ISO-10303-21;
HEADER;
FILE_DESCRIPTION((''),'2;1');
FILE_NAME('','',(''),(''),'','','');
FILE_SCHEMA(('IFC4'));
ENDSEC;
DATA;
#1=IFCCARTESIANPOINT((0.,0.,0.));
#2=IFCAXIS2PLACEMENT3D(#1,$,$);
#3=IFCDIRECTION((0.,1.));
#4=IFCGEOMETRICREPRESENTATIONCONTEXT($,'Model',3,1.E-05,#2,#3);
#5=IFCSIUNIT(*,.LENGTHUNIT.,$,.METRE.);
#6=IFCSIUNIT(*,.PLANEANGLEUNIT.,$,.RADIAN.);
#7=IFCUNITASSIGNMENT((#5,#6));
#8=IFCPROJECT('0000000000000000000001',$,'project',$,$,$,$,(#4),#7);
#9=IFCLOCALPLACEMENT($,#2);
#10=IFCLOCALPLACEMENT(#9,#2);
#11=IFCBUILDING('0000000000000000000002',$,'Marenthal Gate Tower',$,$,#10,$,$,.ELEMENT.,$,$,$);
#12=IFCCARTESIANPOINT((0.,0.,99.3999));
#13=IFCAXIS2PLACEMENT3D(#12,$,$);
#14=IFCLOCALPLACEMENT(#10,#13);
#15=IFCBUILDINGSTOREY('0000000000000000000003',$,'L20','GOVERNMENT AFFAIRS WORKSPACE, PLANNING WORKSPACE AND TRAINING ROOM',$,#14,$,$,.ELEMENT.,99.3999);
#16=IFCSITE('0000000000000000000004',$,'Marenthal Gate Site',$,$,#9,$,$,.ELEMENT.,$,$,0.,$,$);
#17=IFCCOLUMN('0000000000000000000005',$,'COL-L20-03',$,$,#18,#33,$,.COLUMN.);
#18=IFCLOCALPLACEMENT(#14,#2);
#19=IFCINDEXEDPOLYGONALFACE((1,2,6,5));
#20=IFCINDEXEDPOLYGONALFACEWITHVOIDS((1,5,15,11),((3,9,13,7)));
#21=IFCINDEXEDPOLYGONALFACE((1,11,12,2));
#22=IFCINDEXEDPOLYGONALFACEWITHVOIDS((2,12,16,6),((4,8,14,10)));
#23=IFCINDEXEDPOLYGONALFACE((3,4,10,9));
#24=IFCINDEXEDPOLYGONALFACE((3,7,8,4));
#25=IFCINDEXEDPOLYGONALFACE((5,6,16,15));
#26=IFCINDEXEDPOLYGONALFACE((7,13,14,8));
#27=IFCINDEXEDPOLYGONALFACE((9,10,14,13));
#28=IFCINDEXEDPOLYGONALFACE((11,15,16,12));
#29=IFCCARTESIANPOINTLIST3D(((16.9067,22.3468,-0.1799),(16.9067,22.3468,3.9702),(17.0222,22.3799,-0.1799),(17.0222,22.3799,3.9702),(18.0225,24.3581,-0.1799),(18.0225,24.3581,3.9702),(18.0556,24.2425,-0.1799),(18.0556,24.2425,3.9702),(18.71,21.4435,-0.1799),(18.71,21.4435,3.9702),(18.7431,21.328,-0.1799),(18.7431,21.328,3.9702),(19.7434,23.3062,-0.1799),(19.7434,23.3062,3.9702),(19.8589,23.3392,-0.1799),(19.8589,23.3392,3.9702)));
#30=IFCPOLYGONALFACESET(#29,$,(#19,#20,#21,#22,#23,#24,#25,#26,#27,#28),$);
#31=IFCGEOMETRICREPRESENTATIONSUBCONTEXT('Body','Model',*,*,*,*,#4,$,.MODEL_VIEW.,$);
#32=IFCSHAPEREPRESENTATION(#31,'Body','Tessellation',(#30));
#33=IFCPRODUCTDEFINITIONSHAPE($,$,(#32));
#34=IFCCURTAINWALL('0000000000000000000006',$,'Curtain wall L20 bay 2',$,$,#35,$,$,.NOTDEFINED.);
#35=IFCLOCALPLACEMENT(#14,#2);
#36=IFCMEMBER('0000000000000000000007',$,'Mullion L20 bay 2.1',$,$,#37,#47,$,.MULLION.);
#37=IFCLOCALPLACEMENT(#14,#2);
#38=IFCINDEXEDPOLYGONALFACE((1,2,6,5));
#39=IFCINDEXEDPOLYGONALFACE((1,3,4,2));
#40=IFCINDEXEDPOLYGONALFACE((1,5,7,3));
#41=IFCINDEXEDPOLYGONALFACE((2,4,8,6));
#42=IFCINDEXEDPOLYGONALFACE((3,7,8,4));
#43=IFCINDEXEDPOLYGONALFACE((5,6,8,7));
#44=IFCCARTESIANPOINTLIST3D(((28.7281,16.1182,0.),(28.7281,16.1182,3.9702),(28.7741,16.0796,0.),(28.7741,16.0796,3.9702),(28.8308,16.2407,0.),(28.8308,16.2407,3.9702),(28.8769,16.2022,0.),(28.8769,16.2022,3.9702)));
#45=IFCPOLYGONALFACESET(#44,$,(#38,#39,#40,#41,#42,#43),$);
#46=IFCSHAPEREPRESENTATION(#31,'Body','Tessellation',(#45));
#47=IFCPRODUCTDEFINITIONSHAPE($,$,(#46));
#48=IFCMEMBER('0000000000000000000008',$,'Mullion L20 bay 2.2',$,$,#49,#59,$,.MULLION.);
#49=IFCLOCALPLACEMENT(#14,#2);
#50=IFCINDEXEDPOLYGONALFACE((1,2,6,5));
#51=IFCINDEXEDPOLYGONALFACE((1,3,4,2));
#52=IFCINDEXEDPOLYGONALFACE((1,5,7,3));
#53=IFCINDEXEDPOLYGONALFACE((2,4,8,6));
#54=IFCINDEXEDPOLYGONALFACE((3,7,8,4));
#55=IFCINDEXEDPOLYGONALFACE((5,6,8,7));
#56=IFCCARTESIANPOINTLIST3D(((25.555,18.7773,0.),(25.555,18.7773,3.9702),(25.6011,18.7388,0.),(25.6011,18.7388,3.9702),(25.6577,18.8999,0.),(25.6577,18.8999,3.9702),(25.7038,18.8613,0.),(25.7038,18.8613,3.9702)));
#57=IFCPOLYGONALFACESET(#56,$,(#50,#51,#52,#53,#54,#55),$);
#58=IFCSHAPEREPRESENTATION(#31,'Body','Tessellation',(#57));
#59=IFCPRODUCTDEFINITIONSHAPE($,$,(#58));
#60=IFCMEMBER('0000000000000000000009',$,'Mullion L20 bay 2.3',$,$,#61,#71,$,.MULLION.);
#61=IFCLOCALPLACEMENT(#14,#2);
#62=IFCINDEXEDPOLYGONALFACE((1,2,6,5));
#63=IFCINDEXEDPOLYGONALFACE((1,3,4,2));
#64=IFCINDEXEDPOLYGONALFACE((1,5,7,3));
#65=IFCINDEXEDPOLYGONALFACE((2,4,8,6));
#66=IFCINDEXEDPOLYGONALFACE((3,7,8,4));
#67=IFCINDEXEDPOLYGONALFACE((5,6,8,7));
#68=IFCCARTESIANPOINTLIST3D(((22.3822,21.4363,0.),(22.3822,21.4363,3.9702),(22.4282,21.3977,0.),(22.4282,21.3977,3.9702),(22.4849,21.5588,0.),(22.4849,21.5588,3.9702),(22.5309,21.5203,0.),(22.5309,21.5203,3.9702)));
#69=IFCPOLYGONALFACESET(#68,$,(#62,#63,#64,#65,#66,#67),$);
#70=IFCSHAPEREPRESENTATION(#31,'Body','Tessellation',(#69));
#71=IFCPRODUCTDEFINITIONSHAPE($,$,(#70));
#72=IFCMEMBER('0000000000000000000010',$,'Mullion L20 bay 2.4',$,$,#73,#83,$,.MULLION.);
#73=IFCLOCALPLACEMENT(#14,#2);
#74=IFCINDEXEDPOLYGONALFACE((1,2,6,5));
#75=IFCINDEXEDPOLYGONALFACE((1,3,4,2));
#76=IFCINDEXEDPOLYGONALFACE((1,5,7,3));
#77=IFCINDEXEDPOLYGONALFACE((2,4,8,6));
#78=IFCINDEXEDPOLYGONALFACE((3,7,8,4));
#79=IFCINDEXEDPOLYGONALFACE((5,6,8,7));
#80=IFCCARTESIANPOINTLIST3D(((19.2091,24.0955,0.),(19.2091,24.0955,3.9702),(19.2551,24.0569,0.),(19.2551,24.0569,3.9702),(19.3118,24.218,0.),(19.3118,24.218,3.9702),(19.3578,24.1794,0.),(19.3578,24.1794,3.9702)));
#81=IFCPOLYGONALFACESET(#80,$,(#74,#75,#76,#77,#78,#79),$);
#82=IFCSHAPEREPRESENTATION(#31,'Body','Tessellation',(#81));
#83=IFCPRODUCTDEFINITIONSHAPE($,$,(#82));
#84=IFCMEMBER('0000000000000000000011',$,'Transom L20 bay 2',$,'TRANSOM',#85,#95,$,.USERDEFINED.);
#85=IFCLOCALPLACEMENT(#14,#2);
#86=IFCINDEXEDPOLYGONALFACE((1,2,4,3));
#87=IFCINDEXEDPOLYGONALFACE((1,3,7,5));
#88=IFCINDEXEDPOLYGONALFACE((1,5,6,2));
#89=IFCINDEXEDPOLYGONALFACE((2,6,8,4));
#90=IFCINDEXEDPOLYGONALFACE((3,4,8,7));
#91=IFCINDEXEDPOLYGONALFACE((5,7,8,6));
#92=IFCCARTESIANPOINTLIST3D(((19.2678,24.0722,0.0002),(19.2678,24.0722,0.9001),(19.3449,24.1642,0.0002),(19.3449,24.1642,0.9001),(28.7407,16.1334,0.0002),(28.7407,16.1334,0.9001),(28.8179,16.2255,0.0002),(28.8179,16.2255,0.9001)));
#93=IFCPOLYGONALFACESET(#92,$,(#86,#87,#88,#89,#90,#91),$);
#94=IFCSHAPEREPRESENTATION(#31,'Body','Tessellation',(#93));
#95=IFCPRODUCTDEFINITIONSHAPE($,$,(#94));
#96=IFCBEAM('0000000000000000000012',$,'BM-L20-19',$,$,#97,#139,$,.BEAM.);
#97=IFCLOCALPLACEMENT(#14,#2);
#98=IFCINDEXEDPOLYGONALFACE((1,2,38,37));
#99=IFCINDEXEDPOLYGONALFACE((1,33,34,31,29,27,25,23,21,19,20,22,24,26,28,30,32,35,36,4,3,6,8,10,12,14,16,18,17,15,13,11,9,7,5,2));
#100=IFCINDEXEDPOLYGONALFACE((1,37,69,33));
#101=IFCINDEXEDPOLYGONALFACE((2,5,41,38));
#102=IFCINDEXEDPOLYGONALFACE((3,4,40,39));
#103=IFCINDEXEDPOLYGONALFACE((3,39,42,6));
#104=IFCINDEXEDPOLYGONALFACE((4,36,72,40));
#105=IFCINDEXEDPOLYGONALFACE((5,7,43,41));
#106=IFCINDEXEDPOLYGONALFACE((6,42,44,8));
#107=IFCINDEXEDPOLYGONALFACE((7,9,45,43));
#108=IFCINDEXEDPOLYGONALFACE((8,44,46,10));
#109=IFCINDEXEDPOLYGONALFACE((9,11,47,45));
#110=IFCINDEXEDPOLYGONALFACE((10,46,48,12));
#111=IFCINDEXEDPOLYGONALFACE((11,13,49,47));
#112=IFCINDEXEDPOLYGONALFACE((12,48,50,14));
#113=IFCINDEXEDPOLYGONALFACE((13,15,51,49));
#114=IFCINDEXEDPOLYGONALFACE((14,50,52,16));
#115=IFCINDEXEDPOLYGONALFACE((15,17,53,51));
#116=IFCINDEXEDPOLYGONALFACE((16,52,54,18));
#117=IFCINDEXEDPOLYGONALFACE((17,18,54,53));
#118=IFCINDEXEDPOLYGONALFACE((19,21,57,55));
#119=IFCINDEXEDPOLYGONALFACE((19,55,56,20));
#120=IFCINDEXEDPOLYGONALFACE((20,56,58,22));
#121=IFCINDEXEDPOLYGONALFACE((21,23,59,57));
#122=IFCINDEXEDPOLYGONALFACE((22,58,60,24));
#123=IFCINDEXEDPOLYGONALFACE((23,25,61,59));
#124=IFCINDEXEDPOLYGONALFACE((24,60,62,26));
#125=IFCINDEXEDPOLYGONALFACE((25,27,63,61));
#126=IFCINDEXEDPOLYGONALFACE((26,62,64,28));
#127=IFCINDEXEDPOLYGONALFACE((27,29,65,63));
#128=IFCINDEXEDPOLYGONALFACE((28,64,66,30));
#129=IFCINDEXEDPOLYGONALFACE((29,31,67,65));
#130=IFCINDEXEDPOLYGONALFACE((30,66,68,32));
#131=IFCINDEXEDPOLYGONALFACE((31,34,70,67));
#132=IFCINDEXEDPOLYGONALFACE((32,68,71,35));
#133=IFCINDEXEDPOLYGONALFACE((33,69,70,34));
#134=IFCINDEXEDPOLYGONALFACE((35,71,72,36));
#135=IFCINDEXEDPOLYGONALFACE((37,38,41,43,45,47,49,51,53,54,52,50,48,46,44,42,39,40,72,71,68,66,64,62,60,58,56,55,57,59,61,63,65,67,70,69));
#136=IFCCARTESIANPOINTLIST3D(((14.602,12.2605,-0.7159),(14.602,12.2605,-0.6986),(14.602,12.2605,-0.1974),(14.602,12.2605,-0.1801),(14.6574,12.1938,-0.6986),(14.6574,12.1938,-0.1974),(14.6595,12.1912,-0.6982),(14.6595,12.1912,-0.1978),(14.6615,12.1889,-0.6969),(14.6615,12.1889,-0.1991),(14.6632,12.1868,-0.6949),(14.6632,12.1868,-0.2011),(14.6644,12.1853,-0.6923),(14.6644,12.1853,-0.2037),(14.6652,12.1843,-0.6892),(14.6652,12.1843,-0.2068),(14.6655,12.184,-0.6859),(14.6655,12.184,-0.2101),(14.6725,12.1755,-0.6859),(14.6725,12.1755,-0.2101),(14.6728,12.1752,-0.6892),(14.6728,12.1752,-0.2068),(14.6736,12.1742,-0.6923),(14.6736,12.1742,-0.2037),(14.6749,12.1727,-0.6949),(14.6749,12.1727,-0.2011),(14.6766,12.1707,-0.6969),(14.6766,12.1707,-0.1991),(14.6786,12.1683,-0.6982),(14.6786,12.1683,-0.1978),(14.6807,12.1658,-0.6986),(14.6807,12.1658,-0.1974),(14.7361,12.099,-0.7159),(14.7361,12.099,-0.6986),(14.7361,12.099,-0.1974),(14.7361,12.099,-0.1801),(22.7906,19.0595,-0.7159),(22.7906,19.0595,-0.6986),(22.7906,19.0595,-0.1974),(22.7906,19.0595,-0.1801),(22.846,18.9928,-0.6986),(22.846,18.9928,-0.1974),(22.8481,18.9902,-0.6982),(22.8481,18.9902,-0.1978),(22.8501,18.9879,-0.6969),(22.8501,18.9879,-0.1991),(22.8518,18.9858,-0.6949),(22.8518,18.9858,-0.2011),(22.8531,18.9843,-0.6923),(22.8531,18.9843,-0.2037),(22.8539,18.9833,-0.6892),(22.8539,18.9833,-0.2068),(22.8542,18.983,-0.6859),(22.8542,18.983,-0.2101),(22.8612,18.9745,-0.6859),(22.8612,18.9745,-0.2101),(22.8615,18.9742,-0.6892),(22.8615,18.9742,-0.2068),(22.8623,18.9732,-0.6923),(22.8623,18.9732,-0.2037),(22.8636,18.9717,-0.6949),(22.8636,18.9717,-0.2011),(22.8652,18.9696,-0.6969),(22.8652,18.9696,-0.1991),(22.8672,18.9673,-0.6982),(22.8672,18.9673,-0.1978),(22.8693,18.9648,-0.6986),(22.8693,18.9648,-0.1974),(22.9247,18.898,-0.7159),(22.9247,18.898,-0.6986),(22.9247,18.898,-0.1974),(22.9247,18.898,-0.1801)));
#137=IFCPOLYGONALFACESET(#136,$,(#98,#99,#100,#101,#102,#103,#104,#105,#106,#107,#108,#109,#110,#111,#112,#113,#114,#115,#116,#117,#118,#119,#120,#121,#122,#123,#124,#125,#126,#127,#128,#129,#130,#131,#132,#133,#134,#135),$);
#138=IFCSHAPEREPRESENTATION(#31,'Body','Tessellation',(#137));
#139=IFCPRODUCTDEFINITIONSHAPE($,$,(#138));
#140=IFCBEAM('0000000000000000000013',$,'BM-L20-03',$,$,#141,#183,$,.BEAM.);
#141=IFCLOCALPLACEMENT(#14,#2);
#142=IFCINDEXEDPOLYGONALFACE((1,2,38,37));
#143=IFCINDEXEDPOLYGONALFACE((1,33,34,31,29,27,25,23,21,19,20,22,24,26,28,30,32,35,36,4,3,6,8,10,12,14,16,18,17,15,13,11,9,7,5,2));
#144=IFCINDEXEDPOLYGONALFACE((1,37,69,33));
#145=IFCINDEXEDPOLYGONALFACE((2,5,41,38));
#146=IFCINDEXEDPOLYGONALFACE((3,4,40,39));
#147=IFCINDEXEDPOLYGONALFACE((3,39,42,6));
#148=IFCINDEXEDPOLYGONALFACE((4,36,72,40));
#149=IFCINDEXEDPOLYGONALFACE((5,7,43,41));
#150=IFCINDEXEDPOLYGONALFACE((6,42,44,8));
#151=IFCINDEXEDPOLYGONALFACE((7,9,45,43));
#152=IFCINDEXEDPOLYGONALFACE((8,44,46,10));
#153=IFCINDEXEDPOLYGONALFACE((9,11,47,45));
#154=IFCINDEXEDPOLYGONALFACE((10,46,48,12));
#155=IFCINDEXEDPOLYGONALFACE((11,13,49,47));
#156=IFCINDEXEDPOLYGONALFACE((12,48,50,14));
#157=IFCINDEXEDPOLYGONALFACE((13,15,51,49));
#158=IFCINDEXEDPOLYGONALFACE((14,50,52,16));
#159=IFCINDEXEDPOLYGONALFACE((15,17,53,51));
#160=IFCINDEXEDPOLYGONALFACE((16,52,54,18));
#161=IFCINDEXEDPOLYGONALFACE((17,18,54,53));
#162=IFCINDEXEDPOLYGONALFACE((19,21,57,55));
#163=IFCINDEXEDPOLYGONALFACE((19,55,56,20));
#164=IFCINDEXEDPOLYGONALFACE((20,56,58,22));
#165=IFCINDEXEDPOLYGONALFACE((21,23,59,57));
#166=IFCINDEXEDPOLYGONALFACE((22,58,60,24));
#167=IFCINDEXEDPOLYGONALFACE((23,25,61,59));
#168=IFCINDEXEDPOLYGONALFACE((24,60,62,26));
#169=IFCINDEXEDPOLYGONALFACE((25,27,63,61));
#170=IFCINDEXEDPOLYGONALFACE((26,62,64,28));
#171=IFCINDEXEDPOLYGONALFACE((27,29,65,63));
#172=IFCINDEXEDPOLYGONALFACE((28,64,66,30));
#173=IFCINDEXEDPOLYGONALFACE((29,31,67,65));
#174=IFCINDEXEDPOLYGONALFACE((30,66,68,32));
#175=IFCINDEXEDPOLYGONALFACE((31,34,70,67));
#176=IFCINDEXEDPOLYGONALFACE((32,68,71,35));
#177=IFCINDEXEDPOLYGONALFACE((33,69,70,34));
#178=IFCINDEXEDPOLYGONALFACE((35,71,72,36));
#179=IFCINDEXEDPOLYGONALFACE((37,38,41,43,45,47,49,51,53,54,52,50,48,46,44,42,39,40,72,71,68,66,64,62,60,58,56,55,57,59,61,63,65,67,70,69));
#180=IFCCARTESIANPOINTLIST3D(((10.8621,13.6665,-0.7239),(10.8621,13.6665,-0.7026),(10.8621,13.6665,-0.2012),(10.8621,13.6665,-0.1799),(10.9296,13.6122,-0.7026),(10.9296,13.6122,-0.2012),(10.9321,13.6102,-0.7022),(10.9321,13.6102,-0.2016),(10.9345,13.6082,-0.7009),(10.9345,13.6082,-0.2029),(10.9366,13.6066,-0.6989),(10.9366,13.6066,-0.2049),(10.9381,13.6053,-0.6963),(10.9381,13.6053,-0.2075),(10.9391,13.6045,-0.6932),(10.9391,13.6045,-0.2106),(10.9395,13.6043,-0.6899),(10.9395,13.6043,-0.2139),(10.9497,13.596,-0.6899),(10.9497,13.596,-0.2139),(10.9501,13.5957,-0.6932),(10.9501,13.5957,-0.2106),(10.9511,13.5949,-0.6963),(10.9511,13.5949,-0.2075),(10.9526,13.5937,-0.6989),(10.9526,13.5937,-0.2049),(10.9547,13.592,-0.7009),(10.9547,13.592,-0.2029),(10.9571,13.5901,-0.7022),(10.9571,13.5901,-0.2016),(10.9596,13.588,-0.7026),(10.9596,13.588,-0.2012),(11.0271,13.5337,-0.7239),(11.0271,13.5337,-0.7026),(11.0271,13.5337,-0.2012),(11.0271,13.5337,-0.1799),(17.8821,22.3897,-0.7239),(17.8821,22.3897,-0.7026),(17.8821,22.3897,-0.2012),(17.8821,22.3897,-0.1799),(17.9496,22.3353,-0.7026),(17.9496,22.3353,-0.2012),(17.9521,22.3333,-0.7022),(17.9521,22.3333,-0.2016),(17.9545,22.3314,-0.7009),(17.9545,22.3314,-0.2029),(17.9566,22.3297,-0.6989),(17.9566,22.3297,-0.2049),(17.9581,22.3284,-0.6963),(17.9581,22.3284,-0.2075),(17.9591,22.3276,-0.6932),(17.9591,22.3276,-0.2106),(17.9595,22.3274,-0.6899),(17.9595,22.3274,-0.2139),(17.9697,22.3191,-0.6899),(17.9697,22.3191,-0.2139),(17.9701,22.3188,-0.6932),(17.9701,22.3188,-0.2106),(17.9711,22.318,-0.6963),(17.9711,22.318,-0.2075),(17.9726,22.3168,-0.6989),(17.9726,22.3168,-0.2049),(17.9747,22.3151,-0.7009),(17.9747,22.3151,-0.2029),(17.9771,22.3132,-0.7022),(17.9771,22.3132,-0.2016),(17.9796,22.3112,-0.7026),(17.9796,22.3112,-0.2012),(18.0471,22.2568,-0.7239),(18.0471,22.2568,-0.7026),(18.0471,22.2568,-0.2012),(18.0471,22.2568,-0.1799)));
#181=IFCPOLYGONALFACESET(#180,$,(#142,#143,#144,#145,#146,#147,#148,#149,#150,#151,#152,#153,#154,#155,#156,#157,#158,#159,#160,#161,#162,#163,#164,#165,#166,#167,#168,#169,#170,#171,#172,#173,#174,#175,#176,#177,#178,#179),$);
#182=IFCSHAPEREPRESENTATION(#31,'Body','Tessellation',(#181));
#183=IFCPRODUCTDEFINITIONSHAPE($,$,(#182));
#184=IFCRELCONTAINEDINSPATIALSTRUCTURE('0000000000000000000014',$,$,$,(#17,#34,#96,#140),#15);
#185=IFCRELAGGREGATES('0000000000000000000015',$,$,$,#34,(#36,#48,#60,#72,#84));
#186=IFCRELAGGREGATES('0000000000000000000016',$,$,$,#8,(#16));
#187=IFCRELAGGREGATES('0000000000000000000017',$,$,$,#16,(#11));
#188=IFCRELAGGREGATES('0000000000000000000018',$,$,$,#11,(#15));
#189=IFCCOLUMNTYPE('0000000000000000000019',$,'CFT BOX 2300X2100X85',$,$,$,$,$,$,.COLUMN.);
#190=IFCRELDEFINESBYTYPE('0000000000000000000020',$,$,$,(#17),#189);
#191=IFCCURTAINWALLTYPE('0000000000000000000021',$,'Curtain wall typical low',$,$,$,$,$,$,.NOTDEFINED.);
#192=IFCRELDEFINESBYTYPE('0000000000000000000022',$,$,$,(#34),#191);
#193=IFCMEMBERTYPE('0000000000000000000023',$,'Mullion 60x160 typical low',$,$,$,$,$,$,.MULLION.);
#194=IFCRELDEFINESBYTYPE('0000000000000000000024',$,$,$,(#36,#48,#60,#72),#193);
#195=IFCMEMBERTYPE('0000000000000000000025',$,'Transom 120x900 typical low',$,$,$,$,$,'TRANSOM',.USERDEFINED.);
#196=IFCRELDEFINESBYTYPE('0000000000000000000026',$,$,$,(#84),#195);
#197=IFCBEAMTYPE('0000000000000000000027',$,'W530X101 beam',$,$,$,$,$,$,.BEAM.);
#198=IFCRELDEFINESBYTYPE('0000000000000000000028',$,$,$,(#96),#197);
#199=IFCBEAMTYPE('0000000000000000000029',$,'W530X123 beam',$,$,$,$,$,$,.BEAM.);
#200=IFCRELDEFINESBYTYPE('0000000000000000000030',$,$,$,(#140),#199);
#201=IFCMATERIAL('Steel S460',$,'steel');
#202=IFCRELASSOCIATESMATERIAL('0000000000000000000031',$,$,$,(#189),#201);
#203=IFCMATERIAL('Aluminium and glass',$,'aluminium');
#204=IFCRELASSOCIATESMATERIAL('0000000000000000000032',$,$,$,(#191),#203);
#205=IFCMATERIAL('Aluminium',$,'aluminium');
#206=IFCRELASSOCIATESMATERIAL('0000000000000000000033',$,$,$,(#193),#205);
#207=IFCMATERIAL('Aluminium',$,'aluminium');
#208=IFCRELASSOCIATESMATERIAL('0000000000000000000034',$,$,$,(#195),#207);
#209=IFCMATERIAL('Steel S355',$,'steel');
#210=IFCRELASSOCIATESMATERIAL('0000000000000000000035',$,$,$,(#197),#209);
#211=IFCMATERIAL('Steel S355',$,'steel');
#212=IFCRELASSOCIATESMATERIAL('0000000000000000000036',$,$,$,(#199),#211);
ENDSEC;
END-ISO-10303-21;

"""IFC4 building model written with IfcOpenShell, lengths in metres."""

from ifc_helpers import new_model, si_unit, direction, frame, origin, origin_2d, place, context, subcontext, project, spatial, rectangle, hollow_rectangle, i_section, extrude, material, material_profile, profile_set, type_object, element, aggregate, save


model = new_model("IFC4")

# Units and contexts
model_context = context("Model", 3, precision=1e-05, world=origin(), true_north=direction((0.0, 1.0)))
body_context = subcontext(model_context, "Body", "Model", "MODEL_VIEW")
ifc_project = project(units=[si_unit("LENGTHUNIT", "METRE"), si_unit("PLANEANGLEUNIT", "RADIAN")], contexts=[model_context])

# Site, building, storey
site_placement = place(None, origin())
site = spatial("IfcSite", under=ifc_project, at=site_placement, Name="Marenthal Gate Site", CompositionType="ELEMENT", RefElevation=0.0)
building_placement = place(site_placement, origin())
building = spatial("IfcBuilding", under=site, at=building_placement, Name="Marenthal Gate Tower", CompositionType="ELEMENT")
storey_placement = place(building_placement, frame((0.0, 0.0, 99.3999)))
storey = spatial("IfcBuildingStorey", under=building, at=storey_placement, Name="L20", Description="GOVERNMENT AFFAIRS WORKSPACE, PLANNING WORKSPACE AND TRAINING ROOM", CompositionType="ELEMENT", Elevation=99.3999)

# Column
ifc_material_1 = material(Name="Steel S460", Category="steel")
ifc_material_profile_1 = material_profile(ifc_material_1, hollow_rectangle(XDim=2.1001, YDim=2.3, WallThickness=0.085, at=origin_2d()), Name="CFT BOX 2300X2100X85")
ifc_material_2 = material(Name="Concrete 70 MPa", Category="concrete")
ifc_material_profile_2 = material_profile(ifc_material_2, rectangle(XDim=1.9299, YDim=2.1299, at=origin_2d()), Name="CFT BOX 2300X2100X85 INFILL")
ifc_profile_set_1 = profile_set([ifc_material_profile_1, ifc_material_profile_2], Name="Steel S460 shell, Concrete 70 MPa infill")
column_type = type_object("IfcColumnType", Name="CFT BOX 2300X2100X85", PredefinedType="COLUMN", material=ifc_profile_set_1)
column_placement = place(storey_placement, frame((18.3828, 22.843, -0.1799), z_axis=(0.0, 0.0, 1.0), x_axis=(0.874442, -0.48513, 0.0)))
element("IfcColumn", 1, at=column_placement, inside=storey, type_object=column_type, Name="COL-L20-03", PredefinedType="COLUMN", context=body_context, shape_type="SweptSolid", body=[
    extrude(hollow_rectangle(XDim=2.1001, YDim=2.3, WallThickness=0.085, at=origin_2d()), origin(), (0.0, 0.0, 1.0), 4.1501),
])

# Curtain wall, members
ifc_material_3 = material(Name="Aluminium and glass", Category="aluminium")
curtain_wall_type = type_object("IfcCurtainWallType", Name="Curtain wall typical low", PredefinedType="NOTDEFINED", material=ifc_material_3)
curtain_wall_placement = place(storey_placement, origin())
curtain_wall = element("IfcCurtainWall", 2, at=curtain_wall_placement, inside=storey, type_object=curtain_wall_type, Name="Curtain wall L20 bay 2", PredefinedType="NOTDEFINED")
ifc_material_4 = material(Name="Aluminium", Category="aluminium")
ifc_material_profile_3 = material_profile(ifc_material_4, rectangle(XDim=0.1599, YDim=0.0601, at=origin_2d()), Name="60x160 aluminium mullion")
ifc_profile_set_2 = profile_set([ifc_material_profile_3], Name="Aluminium")
member_type_1 = type_object("IfcMemberType", Name="Mullion 60x160 typical low", PredefinedType="MULLION", material=ifc_profile_set_2)
member_1_placement = place(storey_placement, frame((28.8025, 16.1602, 0.0), z_axis=(0.0, 0.0, 1.0), x_axis=(-0.642308, -0.766447, 0.0)))
member_1 = element("IfcMember", 3, at=member_1_placement, type_object=member_type_1, Name="Mullion L20 bay 2.1", PredefinedType="MULLION", context=body_context, shape_type="SweptSolid", body=[
    extrude(rectangle(XDim=0.1599, YDim=0.0601, at=origin_2d()), origin(), (0.0, 0.0, 1.0), 3.9702),
])
member_2_placement = place(storey_placement, frame((25.6294, 18.8193, 0.0), z_axis=(0.0, 0.0, 1.0), x_axis=(-0.642308, -0.766447, 0.0)))
member_2 = element("IfcMember", 4, at=member_2_placement, type_object=member_type_1, Name="Mullion L20 bay 2.2", PredefinedType="MULLION", context=body_context, shape_type="SweptSolid", body=[
    extrude(rectangle(XDim=0.1599, YDim=0.0601, at=origin_2d()), origin(), (0.0, 0.0, 1.0), 3.9702),
])
member_3_placement = place(storey_placement, frame((22.4565, 21.4783, 0.0), z_axis=(0.0, 0.0, 1.0), x_axis=(-0.642308, -0.766447, 0.0)))
member_3 = element("IfcMember", 5, at=member_3_placement, type_object=member_type_1, Name="Mullion L20 bay 2.3", PredefinedType="MULLION", context=body_context, shape_type="SweptSolid", body=[
    extrude(rectangle(XDim=0.1599, YDim=0.0601, at=origin_2d()), origin(), (0.0, 0.0, 1.0), 3.9702),
])
member_4_placement = place(storey_placement, frame((19.2834, 24.1375, 0.0), z_axis=(0.0, 0.0, 1.0), x_axis=(-0.642308, -0.766447, 0.0)))
member_4 = element("IfcMember", 6, at=member_4_placement, type_object=member_type_1, Name="Mullion L20 bay 2.4", PredefinedType="MULLION", context=body_context, shape_type="SweptSolid", body=[
    extrude(rectangle(XDim=0.1599, YDim=0.0601, at=origin_2d()), origin(), (0.0, 0.0, 1.0), 3.9702),
])
ifc_material_5 = material(Name="Aluminium", Category="aluminium")
ifc_material_profile_4 = material_profile(ifc_material_5, rectangle(XDim=0.1201, YDim=0.8999, at=origin_2d()), Name="120x900 aluminium transom")
ifc_profile_set_3 = profile_set([ifc_material_profile_4], Name="Aluminium")
member_type_2 = type_object("IfcMemberType", Name="Transom 120x900 typical low", ElementType="TRANSOM", PredefinedType="USERDEFINED", material=ifc_profile_set_3)
member_5_placement = place(storey_placement, frame((28.7793, 16.1794, 0.4502), z_axis=(-0.766442, 0.642313, 0.0), x_axis=(-0.642313, -0.766442, 0.0)))
member_5 = element("IfcMember", 7, at=member_5_placement, type_object=member_type_2, Name="Transom L20 bay 2", ObjectType="TRANSOM", PredefinedType="USERDEFINED", context=body_context, shape_type="SweptSolid", body=[
    extrude(rectangle(XDim=0.1201, YDim=0.8999, at=origin_2d()), origin(), (0.0, 0.0, 1.0), 12.3596),
])

# Beams
ifc_material_6 = material(Name="Steel S355", Category="steel")
ifc_material_profile_5 = material_profile(ifc_material_6, i_section(OverallWidth=0.21, OverallDepth=0.5359, WebThickness=0.011, FlangeThickness=0.0173, FilletRadius=0.0127, at=origin_2d()), Name="W530X101")
ifc_profile_set_4 = profile_set([ifc_material_profile_5], Name="Steel S355")
beam_type_1 = type_object("IfcBeamType", Name="W530X101 beam", PredefinedType="BEAM", material=ifc_profile_set_4)
beam_1_placement = place(storey_placement, frame((22.8577, 18.9788, -0.448), z_axis=(-0.769369, -0.638805, 0.0), x_axis=(0.638805, -0.769369, 0.0)))
element("IfcBeam", 8, at=beam_1_placement, inside=storey, type_object=beam_type_1, Name="BM-L20-19", PredefinedType="BEAM", context=body_context, shape_type="SweptSolid", body=[
    extrude(i_section(OverallWidth=0.21, OverallDepth=0.5359, WebThickness=0.011, FlangeThickness=0.0173, FilletRadius=0.0127, at=origin_2d()), origin(), (0.0, 0.0, 1.0), 10.6433),
])
ifc_material_7 = material(Name="Steel S355", Category="steel")
ifc_material_profile_6 = material_profile(ifc_material_7, i_section(OverallWidth=0.2119, OverallDepth=0.5439, WebThickness=0.0132, FlangeThickness=0.0212, FilletRadius=0.0127, at=origin_2d()), Name="W530X123")
ifc_profile_set_5 = profile_set([ifc_material_profile_6], Name="Steel S355")
beam_type_2 = type_object("IfcBeamType", Name="W530X123 beam", PredefinedType="BEAM", material=ifc_profile_set_5)
beam_2_placement = place(storey_placement, frame((17.9646, 22.3232, -0.4519), z_axis=(-0.626953, -0.779057, 0.0), x_axis=(0.779057, -0.626953, 0.0)))
element("IfcBeam", 9, at=beam_2_placement, inside=storey, type_object=beam_type_2, Name="BM-L20-03", PredefinedType="BEAM", context=body_context, shape_type="SweptSolid", body=[
    extrude(i_section(OverallWidth=0.2119, OverallDepth=0.5439, WebThickness=0.0132, FlangeThickness=0.0212, FilletRadius=0.0127, at=origin_2d()), origin(), (0.0, 0.0, 1.0), 11.197),
])

aggregate(curtain_wall, [member_1, member_2, member_3, member_4, member_5])

save(model, "model.ifc")
